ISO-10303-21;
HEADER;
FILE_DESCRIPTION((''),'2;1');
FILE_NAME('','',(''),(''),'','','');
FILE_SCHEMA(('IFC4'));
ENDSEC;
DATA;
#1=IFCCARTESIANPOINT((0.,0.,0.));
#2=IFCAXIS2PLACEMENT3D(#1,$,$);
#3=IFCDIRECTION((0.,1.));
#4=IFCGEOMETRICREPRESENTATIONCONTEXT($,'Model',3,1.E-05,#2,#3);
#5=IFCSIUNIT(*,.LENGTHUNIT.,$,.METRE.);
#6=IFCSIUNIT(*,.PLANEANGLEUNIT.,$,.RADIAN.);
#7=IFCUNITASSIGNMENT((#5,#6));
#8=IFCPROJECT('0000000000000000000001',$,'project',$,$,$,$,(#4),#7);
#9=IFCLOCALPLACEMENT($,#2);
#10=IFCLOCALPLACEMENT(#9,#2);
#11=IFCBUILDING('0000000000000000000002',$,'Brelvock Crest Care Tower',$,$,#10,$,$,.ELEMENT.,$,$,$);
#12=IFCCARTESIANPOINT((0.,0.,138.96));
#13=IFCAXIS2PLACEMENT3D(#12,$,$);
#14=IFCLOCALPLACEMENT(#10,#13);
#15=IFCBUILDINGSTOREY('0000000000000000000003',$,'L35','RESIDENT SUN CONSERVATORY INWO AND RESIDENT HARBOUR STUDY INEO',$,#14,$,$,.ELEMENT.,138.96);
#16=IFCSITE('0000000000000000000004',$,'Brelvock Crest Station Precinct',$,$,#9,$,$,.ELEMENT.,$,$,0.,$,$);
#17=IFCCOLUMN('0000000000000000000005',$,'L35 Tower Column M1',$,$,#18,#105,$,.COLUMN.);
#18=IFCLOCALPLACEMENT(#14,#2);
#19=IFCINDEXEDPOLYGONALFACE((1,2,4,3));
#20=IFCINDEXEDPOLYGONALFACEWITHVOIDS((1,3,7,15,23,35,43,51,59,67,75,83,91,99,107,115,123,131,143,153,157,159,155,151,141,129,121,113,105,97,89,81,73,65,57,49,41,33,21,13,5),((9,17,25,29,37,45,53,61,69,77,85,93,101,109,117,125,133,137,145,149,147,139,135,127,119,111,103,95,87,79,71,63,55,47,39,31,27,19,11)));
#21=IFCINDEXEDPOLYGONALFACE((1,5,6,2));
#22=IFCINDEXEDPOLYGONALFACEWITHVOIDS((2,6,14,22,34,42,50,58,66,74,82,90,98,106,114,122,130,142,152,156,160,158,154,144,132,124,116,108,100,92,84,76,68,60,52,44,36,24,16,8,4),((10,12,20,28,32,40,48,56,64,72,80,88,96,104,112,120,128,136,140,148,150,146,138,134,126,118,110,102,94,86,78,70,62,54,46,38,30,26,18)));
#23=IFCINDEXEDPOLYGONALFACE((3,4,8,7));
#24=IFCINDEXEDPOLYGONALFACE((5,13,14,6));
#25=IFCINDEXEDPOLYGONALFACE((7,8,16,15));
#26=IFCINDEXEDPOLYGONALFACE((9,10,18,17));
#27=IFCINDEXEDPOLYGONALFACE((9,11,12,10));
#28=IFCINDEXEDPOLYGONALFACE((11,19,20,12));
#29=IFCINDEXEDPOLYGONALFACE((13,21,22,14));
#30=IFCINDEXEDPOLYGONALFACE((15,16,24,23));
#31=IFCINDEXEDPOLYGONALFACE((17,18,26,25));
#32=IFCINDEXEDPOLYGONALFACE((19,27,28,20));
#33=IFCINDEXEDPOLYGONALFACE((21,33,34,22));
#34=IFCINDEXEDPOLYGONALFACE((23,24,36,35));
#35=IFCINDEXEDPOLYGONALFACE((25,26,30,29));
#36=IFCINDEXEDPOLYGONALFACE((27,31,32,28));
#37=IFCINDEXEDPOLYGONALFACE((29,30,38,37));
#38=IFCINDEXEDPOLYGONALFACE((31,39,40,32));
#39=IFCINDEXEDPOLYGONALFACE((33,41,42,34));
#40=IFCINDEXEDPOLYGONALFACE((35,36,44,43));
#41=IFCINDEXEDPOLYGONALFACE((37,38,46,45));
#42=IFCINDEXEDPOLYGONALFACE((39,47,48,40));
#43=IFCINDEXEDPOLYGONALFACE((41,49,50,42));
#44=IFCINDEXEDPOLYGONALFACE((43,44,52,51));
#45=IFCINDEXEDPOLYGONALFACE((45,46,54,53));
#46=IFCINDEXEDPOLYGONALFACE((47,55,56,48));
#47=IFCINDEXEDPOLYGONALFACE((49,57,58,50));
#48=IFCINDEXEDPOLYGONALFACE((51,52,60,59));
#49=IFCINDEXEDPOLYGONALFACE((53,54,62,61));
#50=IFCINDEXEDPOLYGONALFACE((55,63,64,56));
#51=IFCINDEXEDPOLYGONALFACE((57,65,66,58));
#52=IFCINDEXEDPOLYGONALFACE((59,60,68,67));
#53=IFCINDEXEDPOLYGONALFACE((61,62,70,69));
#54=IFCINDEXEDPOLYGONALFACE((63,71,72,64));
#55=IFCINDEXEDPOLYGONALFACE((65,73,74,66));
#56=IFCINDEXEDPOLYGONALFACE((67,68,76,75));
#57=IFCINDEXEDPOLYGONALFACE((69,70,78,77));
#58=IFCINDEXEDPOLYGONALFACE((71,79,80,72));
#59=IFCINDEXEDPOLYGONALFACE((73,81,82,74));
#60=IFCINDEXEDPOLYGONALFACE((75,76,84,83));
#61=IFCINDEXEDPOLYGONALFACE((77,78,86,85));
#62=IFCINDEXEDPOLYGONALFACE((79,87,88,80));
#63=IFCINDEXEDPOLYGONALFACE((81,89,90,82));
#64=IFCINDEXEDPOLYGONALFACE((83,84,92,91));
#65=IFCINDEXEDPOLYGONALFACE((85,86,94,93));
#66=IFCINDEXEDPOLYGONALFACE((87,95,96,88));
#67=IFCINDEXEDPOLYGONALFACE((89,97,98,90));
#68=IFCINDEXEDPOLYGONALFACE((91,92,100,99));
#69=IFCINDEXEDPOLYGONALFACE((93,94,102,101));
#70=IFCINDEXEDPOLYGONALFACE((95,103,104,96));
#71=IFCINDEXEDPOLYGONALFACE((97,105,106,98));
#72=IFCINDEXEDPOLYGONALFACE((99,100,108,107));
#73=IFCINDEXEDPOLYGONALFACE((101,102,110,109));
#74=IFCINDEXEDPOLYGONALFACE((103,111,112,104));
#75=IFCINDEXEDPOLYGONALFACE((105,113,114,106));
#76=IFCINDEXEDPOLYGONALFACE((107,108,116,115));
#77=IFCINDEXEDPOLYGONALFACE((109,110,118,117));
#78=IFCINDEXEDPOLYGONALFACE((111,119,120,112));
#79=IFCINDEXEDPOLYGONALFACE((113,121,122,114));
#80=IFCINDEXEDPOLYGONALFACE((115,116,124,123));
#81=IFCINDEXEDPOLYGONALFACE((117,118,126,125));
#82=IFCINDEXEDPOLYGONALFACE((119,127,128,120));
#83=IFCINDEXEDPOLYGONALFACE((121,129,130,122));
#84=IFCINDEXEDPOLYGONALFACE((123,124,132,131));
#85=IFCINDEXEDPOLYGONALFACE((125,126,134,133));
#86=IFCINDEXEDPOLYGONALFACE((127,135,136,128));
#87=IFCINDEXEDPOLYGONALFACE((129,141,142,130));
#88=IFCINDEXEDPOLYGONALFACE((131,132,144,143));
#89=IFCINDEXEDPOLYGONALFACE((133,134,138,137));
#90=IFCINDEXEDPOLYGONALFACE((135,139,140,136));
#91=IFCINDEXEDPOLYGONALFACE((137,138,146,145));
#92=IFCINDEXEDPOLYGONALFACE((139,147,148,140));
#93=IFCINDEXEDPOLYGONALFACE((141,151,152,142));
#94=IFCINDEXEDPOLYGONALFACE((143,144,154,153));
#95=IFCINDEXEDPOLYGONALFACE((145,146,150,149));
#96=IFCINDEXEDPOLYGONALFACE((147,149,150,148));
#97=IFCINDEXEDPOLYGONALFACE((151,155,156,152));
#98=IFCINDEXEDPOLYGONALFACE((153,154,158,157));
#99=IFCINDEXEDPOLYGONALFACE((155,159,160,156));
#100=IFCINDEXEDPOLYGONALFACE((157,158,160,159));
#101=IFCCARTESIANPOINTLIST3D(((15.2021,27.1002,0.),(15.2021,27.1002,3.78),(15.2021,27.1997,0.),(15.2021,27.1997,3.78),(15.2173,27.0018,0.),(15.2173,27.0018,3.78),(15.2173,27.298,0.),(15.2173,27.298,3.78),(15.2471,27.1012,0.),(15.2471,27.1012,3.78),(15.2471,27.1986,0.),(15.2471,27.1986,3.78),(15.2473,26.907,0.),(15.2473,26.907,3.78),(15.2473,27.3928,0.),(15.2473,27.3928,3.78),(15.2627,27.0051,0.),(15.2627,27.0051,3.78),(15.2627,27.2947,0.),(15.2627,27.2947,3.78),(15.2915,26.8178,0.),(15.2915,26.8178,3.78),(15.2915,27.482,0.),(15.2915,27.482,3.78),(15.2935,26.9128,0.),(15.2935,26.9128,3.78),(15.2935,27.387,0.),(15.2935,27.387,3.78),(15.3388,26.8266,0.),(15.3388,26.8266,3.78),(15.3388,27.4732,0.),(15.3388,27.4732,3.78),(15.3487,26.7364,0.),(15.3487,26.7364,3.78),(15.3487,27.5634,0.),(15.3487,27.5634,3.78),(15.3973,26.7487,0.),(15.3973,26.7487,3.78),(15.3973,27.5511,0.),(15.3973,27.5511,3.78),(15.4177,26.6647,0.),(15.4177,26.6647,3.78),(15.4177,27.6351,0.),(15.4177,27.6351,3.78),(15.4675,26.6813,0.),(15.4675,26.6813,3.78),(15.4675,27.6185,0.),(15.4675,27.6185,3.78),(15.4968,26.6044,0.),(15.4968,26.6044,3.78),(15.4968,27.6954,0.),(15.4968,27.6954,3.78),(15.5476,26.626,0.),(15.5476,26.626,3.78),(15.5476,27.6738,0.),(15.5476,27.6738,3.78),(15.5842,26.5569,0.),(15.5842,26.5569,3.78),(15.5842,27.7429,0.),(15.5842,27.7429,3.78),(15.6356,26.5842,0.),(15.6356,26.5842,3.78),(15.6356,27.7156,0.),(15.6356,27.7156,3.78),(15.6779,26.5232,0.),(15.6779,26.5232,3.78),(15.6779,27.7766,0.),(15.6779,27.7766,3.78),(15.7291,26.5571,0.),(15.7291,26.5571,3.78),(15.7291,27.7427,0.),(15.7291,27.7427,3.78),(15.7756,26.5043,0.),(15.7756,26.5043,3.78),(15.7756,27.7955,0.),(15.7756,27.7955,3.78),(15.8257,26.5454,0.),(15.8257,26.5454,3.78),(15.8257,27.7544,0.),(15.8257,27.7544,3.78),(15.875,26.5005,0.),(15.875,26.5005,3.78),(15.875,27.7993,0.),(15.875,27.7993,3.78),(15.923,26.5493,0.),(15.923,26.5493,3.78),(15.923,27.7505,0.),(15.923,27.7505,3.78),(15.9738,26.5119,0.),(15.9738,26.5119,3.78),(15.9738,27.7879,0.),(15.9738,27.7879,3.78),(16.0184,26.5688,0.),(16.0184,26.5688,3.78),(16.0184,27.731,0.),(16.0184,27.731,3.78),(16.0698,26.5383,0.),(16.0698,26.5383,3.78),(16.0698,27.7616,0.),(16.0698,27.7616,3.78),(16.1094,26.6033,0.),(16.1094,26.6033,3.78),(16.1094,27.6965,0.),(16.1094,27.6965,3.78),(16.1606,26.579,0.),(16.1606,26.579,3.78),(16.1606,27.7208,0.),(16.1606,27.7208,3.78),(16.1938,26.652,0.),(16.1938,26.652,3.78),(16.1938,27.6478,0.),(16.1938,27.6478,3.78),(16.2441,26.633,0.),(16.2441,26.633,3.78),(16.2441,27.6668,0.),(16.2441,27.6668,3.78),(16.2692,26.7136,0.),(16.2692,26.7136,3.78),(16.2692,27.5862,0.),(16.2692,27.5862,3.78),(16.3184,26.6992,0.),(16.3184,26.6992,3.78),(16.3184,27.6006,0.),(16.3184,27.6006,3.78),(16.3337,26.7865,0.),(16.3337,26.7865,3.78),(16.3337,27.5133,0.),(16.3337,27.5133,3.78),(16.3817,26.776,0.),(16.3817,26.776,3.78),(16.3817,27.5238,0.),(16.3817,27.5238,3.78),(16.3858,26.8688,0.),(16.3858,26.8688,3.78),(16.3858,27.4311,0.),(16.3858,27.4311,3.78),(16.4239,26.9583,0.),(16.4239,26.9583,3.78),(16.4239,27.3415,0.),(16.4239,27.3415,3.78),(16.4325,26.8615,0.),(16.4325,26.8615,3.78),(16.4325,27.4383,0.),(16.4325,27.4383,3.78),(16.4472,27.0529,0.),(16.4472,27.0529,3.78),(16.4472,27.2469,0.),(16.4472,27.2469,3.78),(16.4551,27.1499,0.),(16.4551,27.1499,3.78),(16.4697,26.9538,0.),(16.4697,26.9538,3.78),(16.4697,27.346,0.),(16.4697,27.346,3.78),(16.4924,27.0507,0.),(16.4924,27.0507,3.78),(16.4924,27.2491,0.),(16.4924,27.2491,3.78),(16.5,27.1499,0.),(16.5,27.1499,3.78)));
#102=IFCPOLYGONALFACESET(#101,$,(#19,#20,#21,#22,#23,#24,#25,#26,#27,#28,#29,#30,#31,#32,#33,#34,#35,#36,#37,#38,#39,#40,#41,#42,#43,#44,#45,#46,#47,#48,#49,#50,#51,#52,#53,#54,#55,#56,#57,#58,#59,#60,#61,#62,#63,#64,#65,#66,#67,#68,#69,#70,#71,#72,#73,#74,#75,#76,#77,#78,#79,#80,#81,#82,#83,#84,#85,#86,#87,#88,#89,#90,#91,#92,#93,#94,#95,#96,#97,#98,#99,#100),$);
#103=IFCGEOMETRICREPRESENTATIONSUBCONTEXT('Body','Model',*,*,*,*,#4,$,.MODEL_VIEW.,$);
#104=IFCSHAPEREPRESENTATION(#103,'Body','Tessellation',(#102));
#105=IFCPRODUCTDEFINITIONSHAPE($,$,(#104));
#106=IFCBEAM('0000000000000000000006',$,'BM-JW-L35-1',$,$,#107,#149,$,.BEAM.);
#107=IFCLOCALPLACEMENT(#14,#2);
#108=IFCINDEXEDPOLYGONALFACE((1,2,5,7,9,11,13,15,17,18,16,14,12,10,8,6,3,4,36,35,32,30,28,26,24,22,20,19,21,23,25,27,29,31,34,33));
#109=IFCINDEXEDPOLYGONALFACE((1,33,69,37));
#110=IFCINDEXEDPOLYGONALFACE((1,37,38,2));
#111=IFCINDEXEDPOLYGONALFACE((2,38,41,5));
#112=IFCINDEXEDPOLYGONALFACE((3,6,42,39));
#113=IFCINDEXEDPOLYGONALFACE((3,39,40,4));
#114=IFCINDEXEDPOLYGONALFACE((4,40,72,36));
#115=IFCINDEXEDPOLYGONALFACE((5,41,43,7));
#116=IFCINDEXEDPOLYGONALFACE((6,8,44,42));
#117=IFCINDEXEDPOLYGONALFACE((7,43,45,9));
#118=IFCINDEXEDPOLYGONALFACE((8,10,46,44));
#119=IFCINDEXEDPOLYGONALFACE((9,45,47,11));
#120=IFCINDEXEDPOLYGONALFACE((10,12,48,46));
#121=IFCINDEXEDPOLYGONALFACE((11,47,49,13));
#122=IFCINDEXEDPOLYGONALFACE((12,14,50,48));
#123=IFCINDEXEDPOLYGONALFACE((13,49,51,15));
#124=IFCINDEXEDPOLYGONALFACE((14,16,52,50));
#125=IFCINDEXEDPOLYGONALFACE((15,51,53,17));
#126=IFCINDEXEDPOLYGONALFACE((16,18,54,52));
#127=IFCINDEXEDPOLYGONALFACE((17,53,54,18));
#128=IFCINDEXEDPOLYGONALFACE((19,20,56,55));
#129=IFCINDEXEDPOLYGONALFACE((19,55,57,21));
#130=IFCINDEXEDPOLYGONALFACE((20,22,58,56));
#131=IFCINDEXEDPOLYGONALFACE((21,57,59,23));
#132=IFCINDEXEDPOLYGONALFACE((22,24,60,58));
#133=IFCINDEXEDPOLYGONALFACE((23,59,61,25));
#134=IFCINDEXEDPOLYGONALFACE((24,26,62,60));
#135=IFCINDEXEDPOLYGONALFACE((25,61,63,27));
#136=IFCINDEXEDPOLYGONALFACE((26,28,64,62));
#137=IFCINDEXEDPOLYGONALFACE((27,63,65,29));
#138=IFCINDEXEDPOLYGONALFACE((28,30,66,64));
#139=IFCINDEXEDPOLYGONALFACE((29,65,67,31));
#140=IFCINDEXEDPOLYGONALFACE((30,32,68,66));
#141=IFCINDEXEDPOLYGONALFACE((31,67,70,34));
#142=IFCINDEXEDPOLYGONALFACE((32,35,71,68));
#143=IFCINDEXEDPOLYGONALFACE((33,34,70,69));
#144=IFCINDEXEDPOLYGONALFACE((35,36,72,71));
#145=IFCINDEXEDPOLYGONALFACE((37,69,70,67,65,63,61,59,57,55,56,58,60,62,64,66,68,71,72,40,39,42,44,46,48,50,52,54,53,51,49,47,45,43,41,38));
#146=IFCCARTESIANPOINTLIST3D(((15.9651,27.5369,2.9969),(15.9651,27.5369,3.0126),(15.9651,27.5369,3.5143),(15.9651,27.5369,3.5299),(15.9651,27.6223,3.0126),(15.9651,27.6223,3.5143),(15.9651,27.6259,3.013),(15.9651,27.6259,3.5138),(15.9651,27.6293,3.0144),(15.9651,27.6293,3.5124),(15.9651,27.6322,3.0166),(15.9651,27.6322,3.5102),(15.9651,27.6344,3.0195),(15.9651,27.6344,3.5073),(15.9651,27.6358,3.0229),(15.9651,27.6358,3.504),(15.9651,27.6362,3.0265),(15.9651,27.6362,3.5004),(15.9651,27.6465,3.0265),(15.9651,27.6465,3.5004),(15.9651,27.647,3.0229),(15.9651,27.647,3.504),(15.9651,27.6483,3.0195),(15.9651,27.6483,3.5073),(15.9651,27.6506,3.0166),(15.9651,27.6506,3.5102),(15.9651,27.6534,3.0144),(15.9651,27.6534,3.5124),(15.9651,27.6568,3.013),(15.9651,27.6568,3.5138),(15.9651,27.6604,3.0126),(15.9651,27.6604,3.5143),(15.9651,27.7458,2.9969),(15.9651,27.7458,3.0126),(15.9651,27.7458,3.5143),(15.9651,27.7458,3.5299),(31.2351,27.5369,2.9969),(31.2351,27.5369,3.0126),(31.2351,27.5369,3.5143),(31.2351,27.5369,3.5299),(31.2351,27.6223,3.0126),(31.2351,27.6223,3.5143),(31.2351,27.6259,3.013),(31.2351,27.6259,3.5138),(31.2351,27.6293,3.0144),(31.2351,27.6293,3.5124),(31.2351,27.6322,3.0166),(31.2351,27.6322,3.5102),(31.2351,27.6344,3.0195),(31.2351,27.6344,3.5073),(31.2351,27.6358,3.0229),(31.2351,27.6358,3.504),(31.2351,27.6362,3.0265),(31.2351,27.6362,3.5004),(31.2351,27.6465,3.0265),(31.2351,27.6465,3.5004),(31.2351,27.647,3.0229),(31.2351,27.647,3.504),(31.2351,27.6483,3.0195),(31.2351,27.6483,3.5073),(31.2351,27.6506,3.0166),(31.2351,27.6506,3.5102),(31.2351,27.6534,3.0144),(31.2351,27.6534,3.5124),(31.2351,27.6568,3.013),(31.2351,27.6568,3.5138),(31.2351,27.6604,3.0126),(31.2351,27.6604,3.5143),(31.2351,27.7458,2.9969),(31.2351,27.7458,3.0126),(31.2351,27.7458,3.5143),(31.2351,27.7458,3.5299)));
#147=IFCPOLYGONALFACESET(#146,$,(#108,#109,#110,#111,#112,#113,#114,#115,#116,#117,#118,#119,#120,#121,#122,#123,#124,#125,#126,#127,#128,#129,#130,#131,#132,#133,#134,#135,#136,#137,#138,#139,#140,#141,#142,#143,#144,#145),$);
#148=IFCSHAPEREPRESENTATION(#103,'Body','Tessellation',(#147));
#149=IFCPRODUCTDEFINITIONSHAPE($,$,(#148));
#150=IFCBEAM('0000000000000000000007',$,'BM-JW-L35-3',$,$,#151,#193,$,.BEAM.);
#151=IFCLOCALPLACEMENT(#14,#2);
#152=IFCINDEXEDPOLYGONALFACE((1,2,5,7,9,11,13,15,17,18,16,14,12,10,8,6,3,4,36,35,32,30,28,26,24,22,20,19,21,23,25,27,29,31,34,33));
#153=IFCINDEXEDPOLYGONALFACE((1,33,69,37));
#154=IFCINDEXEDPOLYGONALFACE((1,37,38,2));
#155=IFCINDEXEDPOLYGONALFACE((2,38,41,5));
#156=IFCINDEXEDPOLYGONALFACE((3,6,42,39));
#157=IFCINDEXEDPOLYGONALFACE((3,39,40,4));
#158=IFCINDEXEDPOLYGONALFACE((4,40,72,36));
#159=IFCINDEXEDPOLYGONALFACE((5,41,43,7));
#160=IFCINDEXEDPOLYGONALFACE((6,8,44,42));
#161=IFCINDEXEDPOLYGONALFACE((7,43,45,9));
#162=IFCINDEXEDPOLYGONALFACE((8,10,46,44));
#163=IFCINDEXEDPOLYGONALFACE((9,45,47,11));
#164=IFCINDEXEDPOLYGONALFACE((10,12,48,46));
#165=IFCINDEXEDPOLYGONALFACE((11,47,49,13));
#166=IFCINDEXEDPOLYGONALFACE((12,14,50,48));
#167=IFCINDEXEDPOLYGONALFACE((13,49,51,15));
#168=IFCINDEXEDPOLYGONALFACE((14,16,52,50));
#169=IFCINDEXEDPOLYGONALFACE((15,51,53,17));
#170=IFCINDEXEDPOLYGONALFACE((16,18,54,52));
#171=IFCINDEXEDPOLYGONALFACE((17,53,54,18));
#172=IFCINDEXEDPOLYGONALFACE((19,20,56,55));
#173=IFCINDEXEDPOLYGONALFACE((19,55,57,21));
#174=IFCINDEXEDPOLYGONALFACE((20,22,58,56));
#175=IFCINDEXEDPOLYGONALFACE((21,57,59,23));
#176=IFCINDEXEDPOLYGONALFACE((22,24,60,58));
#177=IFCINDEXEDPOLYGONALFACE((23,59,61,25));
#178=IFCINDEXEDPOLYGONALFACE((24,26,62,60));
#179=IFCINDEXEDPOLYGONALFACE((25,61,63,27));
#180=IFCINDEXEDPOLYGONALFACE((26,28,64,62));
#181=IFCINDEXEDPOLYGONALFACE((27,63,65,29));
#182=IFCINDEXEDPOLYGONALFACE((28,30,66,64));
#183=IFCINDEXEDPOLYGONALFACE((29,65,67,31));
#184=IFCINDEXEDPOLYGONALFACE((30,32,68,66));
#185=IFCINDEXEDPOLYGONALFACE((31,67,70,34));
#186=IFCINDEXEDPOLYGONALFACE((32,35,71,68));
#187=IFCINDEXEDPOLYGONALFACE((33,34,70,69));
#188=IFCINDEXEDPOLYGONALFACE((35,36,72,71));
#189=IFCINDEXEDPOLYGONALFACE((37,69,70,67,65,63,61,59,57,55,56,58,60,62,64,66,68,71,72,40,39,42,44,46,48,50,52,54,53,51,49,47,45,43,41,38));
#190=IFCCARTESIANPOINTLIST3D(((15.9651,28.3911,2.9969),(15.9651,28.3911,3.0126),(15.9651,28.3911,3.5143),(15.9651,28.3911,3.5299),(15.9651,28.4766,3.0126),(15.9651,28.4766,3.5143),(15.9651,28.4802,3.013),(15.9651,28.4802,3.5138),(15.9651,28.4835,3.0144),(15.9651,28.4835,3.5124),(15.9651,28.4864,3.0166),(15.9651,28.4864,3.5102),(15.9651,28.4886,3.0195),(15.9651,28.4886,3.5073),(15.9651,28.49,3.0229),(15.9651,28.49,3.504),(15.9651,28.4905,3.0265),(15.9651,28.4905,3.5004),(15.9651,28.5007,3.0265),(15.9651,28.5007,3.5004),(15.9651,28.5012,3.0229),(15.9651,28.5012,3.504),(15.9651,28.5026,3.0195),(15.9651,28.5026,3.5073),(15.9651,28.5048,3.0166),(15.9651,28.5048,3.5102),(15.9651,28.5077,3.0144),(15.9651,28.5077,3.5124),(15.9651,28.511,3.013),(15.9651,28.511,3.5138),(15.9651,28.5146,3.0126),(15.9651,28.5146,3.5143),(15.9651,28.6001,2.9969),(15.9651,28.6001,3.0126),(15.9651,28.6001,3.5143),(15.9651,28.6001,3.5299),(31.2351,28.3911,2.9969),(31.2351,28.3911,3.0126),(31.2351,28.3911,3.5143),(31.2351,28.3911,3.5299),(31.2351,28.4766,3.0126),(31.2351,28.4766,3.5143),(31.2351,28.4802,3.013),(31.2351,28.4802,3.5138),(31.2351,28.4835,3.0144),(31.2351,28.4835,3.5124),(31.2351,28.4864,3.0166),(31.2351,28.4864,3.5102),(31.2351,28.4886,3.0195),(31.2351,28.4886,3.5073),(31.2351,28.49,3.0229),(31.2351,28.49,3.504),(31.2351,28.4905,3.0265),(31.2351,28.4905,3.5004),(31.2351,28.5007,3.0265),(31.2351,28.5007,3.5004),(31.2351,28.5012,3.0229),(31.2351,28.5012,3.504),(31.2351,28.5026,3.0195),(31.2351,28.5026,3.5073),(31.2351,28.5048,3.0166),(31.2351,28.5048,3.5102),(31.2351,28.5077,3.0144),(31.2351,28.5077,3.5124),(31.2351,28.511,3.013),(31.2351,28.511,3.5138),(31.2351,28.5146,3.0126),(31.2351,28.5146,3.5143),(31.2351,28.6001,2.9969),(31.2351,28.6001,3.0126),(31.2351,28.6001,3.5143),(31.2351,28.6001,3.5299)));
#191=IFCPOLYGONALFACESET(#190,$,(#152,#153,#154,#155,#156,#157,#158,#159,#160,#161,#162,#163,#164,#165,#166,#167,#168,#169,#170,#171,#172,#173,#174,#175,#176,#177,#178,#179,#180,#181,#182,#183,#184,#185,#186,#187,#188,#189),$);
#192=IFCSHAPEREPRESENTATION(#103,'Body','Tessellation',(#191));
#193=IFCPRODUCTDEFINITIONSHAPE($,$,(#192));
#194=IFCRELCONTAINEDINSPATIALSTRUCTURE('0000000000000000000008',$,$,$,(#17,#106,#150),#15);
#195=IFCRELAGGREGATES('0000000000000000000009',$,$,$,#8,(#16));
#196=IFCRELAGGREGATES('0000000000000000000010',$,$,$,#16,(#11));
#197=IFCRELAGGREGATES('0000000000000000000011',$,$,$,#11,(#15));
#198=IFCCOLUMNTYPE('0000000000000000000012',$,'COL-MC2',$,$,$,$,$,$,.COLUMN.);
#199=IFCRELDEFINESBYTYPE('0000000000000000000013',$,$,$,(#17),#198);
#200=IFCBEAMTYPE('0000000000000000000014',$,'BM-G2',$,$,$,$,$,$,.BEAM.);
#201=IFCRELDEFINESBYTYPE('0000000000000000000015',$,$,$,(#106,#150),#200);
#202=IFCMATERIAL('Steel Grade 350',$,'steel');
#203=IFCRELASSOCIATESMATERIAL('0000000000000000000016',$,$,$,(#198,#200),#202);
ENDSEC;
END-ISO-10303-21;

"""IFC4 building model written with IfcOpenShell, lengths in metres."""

from ifc_helpers import new_model, si_unit, direction, frame, origin, origin_2d, place, context, subcontext, project, spatial, hollow_circle, i_section, extrude, source, transform, mapped, material, material_profile, profile_set, type_object, element, save


model = new_model("IFC4")

# Units and contexts
model_context = context("Model", 3, precision=1e-05, world=origin(), true_north=direction((0.0, 1.0)))
body_context = subcontext(model_context, "Body", "Model", "MODEL_VIEW")
ifc_project = project(units=[si_unit("LENGTHUNIT", "METRE"), si_unit("PLANEANGLEUNIT", "RADIAN")], contexts=[model_context])

# Site, building, storey
site_placement = place(None, origin())
site = spatial("IfcSite", under=ifc_project, at=site_placement, Name="Brelvock Crest Station Precinct", CompositionType="ELEMENT", RefElevation=0.0)
building_placement = place(site_placement, origin())
building = spatial("IfcBuilding", under=site, at=building_placement, Name="Brelvock Crest Care Tower", CompositionType="ELEMENT")
storey_placement = place(building_placement, frame((0.0, 0.0, 138.96)))
storey = spatial("IfcBuildingStorey", under=building, at=storey_placement, Name="L35", Description="RESIDENT SUN CONSERVATORY INWO AND RESIDENT HARBOUR STUDY INEO", CompositionType="ELEMENT", Elevation=138.96)

# Column
ifc_material_1 = material(Name="Steel Grade 350", Category="steel")
ifc_material_profile_1 = material_profile(ifc_material_1, hollow_circle(Radius=0.6499, WallThickness=0.0449, at=origin_2d()), Name="CFT1300x45")
ifc_profile_set_1 = profile_set([ifc_material_profile_1], Name="Steel Grade 350")
column_type = type_object("IfcColumnType", Name="COL-MC2", PredefinedType="COLUMN", material=ifc_profile_set_1)
shared_shape_1 = source(origin(), body_context, "Body", "SweptSolid", [
    extrude(hollow_circle(Radius=0.6499, WallThickness=0.0449, at=origin_2d()), origin(), (0.0, 0.0, 1.0), 3.78),
])
column_placement = place(storey_placement, frame((15.8501, 27.1499, 0.0), z_axis=(0.0, 0.0, 1.0), x_axis=(1.0, 0.0, 0.0)))
element("IfcColumn", 1, at=column_placement, inside=storey, type_object=column_type, Name="L35 Tower Column M1", PredefinedType="COLUMN", context=body_context, shape_type="MappedRepresentation", body=[
    mapped(shared_shape_1, transform((0.0, 0.0, 0.0), x_axis=(1.0, 0.0, 0.0), y_axis=(0.0, 1.0, 0.0), z_axis=(0.0, 0.0, 1.0), scale=1.0)),
])

# Beams
ifc_material_profile_2 = material_profile(ifc_material_1, i_section(OverallWidth=0.209, OverallDepth=0.533, WebThickness=0.0103, FlangeThickness=0.0156, FilletRadius=0.0139, at=origin_2d()), Name="530UB92.4")
ifc_profile_set_2 = profile_set([ifc_material_profile_2], Name="Steel Grade 350")
beam_type_1 = type_object("IfcBeamType", Name="BM-G2", PredefinedType="BEAM", material=ifc_profile_set_2)
shared_shape_2 = source(origin(), body_context, "Body", "SweptSolid", [
    extrude(i_section(OverallWidth=0.209, OverallDepth=0.533, WebThickness=0.0103, FlangeThickness=0.0156, FilletRadius=0.0139, at=origin_2d()), origin(), (0.0, 0.0, 1.0), 15.27),
])
for number, where, z_axis, x_axis, name in (
    (2, (15.9651, 27.6414, 3.2634), (1.0, 0.0, 0.0), (0.0, 1.0, 0.0), "BM-JW-L35-1"),
    (3, (15.9651, 28.4956, 3.2634), (1.0, 0.0, 0.0), (0.0, 1.0, 0.0), "BM-JW-L35-3"),
):
    element("IfcBeam", number, at=place(storey_placement, frame(where, z_axis=z_axis, x_axis=x_axis)), inside=storey, type_object=beam_type_1, Name=name, PredefinedType="BEAM", context=body_context, shape_type="MappedRepresentation", body=[
        mapped(shared_shape_2, transform((0.0, 0.0, 0.0), x_axis=(1.0, 0.0, 0.0), y_axis=(0.0, 1.0, 0.0), z_axis=(0.0, 0.0, 1.0), scale=1.0)),
    ])

save(model, "model.ifc")
